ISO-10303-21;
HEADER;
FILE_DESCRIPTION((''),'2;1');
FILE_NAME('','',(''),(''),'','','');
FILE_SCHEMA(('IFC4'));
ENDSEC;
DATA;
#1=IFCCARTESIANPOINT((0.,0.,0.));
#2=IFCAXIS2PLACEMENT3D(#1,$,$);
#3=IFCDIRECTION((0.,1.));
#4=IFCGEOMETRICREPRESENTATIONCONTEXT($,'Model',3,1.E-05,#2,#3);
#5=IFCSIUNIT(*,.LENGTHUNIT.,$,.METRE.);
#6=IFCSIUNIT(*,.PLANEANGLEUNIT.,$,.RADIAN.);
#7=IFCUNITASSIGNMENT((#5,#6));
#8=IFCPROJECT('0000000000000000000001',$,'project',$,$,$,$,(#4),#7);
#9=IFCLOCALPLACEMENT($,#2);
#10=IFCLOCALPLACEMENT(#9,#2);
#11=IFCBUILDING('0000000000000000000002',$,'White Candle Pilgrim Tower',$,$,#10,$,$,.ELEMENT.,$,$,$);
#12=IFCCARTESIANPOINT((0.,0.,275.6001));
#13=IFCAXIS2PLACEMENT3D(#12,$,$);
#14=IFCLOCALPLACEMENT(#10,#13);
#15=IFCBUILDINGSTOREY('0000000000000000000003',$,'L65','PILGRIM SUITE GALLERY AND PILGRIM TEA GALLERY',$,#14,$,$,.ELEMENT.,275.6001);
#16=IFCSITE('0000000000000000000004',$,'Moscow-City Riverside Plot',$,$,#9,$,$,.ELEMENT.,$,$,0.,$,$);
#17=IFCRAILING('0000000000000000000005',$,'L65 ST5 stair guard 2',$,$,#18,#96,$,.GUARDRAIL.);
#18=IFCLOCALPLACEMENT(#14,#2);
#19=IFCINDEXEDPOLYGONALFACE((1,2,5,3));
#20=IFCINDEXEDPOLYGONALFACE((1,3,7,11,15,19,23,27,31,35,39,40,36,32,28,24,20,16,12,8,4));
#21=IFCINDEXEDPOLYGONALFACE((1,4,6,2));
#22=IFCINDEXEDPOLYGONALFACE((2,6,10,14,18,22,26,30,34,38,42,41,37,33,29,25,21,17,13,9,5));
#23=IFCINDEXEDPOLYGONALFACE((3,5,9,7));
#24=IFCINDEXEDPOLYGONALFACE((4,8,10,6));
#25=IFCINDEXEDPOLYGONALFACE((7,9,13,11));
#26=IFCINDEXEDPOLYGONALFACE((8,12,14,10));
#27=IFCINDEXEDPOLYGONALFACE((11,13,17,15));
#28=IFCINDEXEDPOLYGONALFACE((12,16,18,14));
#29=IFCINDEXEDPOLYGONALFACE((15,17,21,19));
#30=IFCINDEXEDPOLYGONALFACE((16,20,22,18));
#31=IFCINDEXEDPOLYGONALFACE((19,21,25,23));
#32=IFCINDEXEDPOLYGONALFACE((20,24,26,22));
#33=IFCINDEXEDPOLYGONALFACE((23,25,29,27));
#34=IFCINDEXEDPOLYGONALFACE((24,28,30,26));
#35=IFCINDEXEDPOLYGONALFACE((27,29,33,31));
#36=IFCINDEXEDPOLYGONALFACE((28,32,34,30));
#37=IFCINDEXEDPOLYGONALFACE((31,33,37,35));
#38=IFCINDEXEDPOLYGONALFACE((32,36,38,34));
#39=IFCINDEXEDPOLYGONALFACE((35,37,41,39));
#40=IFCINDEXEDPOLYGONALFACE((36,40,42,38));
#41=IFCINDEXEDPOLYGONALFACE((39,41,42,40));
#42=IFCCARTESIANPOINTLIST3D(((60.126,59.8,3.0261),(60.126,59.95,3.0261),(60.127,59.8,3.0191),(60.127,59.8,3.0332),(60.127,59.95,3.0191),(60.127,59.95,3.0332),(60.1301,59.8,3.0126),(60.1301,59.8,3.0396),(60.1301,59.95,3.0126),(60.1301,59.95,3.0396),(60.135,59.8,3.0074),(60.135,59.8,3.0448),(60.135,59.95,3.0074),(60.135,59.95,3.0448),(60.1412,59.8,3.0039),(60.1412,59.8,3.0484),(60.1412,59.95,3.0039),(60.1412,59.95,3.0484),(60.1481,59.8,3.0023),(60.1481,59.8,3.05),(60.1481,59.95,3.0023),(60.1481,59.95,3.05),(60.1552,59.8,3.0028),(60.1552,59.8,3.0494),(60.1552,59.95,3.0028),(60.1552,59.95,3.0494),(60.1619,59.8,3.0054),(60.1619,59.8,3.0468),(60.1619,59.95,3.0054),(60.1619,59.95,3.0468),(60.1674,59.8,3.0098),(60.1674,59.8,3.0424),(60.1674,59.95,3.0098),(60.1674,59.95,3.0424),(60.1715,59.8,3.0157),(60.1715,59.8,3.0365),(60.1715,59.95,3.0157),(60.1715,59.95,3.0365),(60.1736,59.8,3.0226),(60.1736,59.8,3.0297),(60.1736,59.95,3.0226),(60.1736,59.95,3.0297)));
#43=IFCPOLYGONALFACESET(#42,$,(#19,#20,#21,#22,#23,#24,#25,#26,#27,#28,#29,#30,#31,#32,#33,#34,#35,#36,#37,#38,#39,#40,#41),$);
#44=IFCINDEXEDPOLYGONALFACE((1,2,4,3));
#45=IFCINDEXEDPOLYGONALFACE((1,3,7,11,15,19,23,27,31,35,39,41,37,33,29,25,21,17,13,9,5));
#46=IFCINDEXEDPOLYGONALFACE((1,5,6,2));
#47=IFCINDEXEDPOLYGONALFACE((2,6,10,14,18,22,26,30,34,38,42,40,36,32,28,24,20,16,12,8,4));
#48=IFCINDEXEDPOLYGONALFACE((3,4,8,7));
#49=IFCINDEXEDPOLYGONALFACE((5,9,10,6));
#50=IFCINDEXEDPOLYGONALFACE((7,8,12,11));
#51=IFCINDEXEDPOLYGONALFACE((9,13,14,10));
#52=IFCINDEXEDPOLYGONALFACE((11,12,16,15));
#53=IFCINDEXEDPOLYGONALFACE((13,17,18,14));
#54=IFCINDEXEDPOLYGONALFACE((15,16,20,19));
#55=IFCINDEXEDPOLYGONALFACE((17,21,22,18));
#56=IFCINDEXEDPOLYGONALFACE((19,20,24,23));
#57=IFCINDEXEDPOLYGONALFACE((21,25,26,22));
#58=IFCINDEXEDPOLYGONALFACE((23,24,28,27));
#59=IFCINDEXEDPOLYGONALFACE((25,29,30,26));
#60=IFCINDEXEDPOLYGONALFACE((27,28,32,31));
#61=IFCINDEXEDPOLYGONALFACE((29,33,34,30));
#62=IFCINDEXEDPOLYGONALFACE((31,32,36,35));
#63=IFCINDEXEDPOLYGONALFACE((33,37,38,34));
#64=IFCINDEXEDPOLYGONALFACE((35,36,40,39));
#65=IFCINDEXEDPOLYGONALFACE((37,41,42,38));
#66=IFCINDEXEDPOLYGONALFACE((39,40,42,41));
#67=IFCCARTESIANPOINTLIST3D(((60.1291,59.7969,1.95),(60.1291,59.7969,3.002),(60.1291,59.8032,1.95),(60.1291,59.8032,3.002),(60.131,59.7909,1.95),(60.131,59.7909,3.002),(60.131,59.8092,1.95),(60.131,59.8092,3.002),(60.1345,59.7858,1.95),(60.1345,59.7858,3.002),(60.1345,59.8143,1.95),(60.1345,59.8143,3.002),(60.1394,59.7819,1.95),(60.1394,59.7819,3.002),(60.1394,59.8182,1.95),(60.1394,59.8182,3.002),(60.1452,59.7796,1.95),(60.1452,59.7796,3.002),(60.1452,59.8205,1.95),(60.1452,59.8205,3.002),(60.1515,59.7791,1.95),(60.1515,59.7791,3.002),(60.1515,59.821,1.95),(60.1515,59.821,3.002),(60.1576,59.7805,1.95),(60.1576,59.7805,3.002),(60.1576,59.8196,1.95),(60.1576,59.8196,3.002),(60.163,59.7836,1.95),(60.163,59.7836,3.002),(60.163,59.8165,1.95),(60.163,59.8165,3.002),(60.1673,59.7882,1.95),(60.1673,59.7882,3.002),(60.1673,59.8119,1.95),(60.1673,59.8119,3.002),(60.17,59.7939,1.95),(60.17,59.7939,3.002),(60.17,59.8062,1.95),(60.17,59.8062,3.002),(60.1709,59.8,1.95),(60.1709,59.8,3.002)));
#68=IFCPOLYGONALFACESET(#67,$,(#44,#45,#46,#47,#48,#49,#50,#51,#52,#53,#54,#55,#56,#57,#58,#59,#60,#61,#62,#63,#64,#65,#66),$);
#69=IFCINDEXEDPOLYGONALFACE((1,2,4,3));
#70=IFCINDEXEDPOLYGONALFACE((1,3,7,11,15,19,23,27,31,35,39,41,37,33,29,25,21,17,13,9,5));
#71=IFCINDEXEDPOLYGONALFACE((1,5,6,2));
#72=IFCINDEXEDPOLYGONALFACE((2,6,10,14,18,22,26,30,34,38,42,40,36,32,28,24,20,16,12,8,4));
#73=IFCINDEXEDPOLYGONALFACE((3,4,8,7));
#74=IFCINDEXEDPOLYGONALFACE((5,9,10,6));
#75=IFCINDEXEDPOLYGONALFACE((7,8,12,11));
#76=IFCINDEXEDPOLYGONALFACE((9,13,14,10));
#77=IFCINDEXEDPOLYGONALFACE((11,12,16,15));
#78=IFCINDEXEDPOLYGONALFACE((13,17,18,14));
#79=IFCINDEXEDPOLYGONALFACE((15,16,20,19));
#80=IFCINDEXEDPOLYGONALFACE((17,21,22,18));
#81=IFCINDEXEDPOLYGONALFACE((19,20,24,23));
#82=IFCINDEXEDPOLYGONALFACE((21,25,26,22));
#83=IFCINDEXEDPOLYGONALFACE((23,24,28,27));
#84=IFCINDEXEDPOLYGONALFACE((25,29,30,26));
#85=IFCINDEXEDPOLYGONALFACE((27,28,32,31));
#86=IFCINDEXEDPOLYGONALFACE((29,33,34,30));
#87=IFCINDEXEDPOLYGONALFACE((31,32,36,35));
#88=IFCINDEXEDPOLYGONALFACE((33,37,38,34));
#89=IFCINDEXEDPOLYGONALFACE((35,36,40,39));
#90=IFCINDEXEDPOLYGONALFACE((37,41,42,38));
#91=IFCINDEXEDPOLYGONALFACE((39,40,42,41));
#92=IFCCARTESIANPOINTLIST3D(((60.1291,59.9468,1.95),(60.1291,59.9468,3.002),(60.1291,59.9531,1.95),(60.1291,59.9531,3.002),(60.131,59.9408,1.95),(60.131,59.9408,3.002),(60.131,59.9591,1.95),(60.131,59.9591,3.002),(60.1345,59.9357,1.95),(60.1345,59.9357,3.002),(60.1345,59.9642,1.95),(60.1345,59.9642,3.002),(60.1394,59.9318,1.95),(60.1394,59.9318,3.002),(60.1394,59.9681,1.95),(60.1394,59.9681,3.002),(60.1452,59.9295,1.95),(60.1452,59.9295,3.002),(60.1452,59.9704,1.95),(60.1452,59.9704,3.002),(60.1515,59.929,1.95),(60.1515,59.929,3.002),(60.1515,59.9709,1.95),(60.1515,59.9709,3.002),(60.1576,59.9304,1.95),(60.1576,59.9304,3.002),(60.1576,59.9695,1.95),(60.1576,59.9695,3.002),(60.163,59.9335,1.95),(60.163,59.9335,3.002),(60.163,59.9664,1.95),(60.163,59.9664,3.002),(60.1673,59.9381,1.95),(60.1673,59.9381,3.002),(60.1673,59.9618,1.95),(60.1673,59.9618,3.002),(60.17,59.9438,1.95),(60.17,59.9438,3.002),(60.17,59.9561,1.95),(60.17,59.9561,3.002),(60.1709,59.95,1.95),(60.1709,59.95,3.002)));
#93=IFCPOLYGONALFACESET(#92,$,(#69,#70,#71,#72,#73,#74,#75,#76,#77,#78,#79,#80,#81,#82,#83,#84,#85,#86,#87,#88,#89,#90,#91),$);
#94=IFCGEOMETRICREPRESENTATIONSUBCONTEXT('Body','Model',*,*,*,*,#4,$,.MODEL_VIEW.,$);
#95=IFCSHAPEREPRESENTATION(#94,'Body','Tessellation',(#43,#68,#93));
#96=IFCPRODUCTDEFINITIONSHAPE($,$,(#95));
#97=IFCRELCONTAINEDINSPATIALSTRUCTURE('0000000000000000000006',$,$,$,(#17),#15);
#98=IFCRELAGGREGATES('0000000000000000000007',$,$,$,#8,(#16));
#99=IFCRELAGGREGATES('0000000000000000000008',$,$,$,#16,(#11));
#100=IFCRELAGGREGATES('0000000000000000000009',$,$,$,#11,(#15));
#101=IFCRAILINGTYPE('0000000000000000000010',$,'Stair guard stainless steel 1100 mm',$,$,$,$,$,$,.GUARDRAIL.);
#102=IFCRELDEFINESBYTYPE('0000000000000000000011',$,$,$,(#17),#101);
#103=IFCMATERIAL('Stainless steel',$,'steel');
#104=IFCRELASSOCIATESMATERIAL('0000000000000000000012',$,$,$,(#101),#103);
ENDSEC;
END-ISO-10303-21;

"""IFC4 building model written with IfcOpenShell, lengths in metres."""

from ifc_helpers import new_model, si_unit, direction, frame, origin, origin_2d, place, context, subcontext, project, spatial, circle, extrude, material, type_object, element, save


model = new_model("IFC4")

# Units and contexts
model_context = context("Model", 3, precision=1e-05, world=origin(), true_north=direction((0.0, 1.0)))
body_context = subcontext(model_context, "Body", "Model", "MODEL_VIEW")
ifc_project = project(units=[si_unit("LENGTHUNIT", "METRE"), si_unit("PLANEANGLEUNIT", "RADIAN")], contexts=[model_context])

# Site, building, storey
site_placement = place(None, origin())
site = spatial("IfcSite", under=ifc_project, at=site_placement, Name="Moscow-City Riverside Plot", CompositionType="ELEMENT", RefElevation=0.0)
building_placement = place(site_placement, origin())
building = spatial("IfcBuilding", under=site, at=building_placement, Name="White Candle Pilgrim Tower", CompositionType="ELEMENT")
storey_placement = place(building_placement, frame((0.0, 0.0, 275.6001)))
storey = spatial("IfcBuildingStorey", under=building, at=storey_placement, Name="L65", Description="PILGRIM SUITE GALLERY AND PILGRIM TEA GALLERY", CompositionType="ELEMENT", Elevation=275.6001)

# Railing
ifc_material_1 = material(Name="Stainless steel", Category="steel")
railing_type_1 = type_object("IfcRailingType", Name="Stair guard stainless steel 1100 mm", PredefinedType="GUARDRAIL", material=ifc_material_1)
railing_1_placement = place(storey_placement, frame((60.1499, 59.8, 1.95)))
element("IfcRailing", 1, at=railing_1_placement, inside=storey, type_object=railing_type_1, Name="L65 ST5 stair guard 2", PredefinedType="GUARDRAIL", context=body_context, shape_type="SweptSolid", body=[
    extrude(circle(Radius=0.0239, at=origin_2d()), frame((0.0, 0.0, 1.0762), z_axis=(0.0, 1.0, 0.0), x_axis=(-1.0, 0.0, 0.0)), (0.0, 0.0, 1.0), 0.1499),
    extrude(circle(Radius=0.021, at=origin_2d()), origin(), (0.0, 0.0, 1.0), 1.052),
    extrude(circle(Radius=0.021, at=origin_2d()), frame((0.0, 0.1499, 0.0)), (0.0, 0.0, 1.0), 1.052),
])

save(model, "model.ifc")
